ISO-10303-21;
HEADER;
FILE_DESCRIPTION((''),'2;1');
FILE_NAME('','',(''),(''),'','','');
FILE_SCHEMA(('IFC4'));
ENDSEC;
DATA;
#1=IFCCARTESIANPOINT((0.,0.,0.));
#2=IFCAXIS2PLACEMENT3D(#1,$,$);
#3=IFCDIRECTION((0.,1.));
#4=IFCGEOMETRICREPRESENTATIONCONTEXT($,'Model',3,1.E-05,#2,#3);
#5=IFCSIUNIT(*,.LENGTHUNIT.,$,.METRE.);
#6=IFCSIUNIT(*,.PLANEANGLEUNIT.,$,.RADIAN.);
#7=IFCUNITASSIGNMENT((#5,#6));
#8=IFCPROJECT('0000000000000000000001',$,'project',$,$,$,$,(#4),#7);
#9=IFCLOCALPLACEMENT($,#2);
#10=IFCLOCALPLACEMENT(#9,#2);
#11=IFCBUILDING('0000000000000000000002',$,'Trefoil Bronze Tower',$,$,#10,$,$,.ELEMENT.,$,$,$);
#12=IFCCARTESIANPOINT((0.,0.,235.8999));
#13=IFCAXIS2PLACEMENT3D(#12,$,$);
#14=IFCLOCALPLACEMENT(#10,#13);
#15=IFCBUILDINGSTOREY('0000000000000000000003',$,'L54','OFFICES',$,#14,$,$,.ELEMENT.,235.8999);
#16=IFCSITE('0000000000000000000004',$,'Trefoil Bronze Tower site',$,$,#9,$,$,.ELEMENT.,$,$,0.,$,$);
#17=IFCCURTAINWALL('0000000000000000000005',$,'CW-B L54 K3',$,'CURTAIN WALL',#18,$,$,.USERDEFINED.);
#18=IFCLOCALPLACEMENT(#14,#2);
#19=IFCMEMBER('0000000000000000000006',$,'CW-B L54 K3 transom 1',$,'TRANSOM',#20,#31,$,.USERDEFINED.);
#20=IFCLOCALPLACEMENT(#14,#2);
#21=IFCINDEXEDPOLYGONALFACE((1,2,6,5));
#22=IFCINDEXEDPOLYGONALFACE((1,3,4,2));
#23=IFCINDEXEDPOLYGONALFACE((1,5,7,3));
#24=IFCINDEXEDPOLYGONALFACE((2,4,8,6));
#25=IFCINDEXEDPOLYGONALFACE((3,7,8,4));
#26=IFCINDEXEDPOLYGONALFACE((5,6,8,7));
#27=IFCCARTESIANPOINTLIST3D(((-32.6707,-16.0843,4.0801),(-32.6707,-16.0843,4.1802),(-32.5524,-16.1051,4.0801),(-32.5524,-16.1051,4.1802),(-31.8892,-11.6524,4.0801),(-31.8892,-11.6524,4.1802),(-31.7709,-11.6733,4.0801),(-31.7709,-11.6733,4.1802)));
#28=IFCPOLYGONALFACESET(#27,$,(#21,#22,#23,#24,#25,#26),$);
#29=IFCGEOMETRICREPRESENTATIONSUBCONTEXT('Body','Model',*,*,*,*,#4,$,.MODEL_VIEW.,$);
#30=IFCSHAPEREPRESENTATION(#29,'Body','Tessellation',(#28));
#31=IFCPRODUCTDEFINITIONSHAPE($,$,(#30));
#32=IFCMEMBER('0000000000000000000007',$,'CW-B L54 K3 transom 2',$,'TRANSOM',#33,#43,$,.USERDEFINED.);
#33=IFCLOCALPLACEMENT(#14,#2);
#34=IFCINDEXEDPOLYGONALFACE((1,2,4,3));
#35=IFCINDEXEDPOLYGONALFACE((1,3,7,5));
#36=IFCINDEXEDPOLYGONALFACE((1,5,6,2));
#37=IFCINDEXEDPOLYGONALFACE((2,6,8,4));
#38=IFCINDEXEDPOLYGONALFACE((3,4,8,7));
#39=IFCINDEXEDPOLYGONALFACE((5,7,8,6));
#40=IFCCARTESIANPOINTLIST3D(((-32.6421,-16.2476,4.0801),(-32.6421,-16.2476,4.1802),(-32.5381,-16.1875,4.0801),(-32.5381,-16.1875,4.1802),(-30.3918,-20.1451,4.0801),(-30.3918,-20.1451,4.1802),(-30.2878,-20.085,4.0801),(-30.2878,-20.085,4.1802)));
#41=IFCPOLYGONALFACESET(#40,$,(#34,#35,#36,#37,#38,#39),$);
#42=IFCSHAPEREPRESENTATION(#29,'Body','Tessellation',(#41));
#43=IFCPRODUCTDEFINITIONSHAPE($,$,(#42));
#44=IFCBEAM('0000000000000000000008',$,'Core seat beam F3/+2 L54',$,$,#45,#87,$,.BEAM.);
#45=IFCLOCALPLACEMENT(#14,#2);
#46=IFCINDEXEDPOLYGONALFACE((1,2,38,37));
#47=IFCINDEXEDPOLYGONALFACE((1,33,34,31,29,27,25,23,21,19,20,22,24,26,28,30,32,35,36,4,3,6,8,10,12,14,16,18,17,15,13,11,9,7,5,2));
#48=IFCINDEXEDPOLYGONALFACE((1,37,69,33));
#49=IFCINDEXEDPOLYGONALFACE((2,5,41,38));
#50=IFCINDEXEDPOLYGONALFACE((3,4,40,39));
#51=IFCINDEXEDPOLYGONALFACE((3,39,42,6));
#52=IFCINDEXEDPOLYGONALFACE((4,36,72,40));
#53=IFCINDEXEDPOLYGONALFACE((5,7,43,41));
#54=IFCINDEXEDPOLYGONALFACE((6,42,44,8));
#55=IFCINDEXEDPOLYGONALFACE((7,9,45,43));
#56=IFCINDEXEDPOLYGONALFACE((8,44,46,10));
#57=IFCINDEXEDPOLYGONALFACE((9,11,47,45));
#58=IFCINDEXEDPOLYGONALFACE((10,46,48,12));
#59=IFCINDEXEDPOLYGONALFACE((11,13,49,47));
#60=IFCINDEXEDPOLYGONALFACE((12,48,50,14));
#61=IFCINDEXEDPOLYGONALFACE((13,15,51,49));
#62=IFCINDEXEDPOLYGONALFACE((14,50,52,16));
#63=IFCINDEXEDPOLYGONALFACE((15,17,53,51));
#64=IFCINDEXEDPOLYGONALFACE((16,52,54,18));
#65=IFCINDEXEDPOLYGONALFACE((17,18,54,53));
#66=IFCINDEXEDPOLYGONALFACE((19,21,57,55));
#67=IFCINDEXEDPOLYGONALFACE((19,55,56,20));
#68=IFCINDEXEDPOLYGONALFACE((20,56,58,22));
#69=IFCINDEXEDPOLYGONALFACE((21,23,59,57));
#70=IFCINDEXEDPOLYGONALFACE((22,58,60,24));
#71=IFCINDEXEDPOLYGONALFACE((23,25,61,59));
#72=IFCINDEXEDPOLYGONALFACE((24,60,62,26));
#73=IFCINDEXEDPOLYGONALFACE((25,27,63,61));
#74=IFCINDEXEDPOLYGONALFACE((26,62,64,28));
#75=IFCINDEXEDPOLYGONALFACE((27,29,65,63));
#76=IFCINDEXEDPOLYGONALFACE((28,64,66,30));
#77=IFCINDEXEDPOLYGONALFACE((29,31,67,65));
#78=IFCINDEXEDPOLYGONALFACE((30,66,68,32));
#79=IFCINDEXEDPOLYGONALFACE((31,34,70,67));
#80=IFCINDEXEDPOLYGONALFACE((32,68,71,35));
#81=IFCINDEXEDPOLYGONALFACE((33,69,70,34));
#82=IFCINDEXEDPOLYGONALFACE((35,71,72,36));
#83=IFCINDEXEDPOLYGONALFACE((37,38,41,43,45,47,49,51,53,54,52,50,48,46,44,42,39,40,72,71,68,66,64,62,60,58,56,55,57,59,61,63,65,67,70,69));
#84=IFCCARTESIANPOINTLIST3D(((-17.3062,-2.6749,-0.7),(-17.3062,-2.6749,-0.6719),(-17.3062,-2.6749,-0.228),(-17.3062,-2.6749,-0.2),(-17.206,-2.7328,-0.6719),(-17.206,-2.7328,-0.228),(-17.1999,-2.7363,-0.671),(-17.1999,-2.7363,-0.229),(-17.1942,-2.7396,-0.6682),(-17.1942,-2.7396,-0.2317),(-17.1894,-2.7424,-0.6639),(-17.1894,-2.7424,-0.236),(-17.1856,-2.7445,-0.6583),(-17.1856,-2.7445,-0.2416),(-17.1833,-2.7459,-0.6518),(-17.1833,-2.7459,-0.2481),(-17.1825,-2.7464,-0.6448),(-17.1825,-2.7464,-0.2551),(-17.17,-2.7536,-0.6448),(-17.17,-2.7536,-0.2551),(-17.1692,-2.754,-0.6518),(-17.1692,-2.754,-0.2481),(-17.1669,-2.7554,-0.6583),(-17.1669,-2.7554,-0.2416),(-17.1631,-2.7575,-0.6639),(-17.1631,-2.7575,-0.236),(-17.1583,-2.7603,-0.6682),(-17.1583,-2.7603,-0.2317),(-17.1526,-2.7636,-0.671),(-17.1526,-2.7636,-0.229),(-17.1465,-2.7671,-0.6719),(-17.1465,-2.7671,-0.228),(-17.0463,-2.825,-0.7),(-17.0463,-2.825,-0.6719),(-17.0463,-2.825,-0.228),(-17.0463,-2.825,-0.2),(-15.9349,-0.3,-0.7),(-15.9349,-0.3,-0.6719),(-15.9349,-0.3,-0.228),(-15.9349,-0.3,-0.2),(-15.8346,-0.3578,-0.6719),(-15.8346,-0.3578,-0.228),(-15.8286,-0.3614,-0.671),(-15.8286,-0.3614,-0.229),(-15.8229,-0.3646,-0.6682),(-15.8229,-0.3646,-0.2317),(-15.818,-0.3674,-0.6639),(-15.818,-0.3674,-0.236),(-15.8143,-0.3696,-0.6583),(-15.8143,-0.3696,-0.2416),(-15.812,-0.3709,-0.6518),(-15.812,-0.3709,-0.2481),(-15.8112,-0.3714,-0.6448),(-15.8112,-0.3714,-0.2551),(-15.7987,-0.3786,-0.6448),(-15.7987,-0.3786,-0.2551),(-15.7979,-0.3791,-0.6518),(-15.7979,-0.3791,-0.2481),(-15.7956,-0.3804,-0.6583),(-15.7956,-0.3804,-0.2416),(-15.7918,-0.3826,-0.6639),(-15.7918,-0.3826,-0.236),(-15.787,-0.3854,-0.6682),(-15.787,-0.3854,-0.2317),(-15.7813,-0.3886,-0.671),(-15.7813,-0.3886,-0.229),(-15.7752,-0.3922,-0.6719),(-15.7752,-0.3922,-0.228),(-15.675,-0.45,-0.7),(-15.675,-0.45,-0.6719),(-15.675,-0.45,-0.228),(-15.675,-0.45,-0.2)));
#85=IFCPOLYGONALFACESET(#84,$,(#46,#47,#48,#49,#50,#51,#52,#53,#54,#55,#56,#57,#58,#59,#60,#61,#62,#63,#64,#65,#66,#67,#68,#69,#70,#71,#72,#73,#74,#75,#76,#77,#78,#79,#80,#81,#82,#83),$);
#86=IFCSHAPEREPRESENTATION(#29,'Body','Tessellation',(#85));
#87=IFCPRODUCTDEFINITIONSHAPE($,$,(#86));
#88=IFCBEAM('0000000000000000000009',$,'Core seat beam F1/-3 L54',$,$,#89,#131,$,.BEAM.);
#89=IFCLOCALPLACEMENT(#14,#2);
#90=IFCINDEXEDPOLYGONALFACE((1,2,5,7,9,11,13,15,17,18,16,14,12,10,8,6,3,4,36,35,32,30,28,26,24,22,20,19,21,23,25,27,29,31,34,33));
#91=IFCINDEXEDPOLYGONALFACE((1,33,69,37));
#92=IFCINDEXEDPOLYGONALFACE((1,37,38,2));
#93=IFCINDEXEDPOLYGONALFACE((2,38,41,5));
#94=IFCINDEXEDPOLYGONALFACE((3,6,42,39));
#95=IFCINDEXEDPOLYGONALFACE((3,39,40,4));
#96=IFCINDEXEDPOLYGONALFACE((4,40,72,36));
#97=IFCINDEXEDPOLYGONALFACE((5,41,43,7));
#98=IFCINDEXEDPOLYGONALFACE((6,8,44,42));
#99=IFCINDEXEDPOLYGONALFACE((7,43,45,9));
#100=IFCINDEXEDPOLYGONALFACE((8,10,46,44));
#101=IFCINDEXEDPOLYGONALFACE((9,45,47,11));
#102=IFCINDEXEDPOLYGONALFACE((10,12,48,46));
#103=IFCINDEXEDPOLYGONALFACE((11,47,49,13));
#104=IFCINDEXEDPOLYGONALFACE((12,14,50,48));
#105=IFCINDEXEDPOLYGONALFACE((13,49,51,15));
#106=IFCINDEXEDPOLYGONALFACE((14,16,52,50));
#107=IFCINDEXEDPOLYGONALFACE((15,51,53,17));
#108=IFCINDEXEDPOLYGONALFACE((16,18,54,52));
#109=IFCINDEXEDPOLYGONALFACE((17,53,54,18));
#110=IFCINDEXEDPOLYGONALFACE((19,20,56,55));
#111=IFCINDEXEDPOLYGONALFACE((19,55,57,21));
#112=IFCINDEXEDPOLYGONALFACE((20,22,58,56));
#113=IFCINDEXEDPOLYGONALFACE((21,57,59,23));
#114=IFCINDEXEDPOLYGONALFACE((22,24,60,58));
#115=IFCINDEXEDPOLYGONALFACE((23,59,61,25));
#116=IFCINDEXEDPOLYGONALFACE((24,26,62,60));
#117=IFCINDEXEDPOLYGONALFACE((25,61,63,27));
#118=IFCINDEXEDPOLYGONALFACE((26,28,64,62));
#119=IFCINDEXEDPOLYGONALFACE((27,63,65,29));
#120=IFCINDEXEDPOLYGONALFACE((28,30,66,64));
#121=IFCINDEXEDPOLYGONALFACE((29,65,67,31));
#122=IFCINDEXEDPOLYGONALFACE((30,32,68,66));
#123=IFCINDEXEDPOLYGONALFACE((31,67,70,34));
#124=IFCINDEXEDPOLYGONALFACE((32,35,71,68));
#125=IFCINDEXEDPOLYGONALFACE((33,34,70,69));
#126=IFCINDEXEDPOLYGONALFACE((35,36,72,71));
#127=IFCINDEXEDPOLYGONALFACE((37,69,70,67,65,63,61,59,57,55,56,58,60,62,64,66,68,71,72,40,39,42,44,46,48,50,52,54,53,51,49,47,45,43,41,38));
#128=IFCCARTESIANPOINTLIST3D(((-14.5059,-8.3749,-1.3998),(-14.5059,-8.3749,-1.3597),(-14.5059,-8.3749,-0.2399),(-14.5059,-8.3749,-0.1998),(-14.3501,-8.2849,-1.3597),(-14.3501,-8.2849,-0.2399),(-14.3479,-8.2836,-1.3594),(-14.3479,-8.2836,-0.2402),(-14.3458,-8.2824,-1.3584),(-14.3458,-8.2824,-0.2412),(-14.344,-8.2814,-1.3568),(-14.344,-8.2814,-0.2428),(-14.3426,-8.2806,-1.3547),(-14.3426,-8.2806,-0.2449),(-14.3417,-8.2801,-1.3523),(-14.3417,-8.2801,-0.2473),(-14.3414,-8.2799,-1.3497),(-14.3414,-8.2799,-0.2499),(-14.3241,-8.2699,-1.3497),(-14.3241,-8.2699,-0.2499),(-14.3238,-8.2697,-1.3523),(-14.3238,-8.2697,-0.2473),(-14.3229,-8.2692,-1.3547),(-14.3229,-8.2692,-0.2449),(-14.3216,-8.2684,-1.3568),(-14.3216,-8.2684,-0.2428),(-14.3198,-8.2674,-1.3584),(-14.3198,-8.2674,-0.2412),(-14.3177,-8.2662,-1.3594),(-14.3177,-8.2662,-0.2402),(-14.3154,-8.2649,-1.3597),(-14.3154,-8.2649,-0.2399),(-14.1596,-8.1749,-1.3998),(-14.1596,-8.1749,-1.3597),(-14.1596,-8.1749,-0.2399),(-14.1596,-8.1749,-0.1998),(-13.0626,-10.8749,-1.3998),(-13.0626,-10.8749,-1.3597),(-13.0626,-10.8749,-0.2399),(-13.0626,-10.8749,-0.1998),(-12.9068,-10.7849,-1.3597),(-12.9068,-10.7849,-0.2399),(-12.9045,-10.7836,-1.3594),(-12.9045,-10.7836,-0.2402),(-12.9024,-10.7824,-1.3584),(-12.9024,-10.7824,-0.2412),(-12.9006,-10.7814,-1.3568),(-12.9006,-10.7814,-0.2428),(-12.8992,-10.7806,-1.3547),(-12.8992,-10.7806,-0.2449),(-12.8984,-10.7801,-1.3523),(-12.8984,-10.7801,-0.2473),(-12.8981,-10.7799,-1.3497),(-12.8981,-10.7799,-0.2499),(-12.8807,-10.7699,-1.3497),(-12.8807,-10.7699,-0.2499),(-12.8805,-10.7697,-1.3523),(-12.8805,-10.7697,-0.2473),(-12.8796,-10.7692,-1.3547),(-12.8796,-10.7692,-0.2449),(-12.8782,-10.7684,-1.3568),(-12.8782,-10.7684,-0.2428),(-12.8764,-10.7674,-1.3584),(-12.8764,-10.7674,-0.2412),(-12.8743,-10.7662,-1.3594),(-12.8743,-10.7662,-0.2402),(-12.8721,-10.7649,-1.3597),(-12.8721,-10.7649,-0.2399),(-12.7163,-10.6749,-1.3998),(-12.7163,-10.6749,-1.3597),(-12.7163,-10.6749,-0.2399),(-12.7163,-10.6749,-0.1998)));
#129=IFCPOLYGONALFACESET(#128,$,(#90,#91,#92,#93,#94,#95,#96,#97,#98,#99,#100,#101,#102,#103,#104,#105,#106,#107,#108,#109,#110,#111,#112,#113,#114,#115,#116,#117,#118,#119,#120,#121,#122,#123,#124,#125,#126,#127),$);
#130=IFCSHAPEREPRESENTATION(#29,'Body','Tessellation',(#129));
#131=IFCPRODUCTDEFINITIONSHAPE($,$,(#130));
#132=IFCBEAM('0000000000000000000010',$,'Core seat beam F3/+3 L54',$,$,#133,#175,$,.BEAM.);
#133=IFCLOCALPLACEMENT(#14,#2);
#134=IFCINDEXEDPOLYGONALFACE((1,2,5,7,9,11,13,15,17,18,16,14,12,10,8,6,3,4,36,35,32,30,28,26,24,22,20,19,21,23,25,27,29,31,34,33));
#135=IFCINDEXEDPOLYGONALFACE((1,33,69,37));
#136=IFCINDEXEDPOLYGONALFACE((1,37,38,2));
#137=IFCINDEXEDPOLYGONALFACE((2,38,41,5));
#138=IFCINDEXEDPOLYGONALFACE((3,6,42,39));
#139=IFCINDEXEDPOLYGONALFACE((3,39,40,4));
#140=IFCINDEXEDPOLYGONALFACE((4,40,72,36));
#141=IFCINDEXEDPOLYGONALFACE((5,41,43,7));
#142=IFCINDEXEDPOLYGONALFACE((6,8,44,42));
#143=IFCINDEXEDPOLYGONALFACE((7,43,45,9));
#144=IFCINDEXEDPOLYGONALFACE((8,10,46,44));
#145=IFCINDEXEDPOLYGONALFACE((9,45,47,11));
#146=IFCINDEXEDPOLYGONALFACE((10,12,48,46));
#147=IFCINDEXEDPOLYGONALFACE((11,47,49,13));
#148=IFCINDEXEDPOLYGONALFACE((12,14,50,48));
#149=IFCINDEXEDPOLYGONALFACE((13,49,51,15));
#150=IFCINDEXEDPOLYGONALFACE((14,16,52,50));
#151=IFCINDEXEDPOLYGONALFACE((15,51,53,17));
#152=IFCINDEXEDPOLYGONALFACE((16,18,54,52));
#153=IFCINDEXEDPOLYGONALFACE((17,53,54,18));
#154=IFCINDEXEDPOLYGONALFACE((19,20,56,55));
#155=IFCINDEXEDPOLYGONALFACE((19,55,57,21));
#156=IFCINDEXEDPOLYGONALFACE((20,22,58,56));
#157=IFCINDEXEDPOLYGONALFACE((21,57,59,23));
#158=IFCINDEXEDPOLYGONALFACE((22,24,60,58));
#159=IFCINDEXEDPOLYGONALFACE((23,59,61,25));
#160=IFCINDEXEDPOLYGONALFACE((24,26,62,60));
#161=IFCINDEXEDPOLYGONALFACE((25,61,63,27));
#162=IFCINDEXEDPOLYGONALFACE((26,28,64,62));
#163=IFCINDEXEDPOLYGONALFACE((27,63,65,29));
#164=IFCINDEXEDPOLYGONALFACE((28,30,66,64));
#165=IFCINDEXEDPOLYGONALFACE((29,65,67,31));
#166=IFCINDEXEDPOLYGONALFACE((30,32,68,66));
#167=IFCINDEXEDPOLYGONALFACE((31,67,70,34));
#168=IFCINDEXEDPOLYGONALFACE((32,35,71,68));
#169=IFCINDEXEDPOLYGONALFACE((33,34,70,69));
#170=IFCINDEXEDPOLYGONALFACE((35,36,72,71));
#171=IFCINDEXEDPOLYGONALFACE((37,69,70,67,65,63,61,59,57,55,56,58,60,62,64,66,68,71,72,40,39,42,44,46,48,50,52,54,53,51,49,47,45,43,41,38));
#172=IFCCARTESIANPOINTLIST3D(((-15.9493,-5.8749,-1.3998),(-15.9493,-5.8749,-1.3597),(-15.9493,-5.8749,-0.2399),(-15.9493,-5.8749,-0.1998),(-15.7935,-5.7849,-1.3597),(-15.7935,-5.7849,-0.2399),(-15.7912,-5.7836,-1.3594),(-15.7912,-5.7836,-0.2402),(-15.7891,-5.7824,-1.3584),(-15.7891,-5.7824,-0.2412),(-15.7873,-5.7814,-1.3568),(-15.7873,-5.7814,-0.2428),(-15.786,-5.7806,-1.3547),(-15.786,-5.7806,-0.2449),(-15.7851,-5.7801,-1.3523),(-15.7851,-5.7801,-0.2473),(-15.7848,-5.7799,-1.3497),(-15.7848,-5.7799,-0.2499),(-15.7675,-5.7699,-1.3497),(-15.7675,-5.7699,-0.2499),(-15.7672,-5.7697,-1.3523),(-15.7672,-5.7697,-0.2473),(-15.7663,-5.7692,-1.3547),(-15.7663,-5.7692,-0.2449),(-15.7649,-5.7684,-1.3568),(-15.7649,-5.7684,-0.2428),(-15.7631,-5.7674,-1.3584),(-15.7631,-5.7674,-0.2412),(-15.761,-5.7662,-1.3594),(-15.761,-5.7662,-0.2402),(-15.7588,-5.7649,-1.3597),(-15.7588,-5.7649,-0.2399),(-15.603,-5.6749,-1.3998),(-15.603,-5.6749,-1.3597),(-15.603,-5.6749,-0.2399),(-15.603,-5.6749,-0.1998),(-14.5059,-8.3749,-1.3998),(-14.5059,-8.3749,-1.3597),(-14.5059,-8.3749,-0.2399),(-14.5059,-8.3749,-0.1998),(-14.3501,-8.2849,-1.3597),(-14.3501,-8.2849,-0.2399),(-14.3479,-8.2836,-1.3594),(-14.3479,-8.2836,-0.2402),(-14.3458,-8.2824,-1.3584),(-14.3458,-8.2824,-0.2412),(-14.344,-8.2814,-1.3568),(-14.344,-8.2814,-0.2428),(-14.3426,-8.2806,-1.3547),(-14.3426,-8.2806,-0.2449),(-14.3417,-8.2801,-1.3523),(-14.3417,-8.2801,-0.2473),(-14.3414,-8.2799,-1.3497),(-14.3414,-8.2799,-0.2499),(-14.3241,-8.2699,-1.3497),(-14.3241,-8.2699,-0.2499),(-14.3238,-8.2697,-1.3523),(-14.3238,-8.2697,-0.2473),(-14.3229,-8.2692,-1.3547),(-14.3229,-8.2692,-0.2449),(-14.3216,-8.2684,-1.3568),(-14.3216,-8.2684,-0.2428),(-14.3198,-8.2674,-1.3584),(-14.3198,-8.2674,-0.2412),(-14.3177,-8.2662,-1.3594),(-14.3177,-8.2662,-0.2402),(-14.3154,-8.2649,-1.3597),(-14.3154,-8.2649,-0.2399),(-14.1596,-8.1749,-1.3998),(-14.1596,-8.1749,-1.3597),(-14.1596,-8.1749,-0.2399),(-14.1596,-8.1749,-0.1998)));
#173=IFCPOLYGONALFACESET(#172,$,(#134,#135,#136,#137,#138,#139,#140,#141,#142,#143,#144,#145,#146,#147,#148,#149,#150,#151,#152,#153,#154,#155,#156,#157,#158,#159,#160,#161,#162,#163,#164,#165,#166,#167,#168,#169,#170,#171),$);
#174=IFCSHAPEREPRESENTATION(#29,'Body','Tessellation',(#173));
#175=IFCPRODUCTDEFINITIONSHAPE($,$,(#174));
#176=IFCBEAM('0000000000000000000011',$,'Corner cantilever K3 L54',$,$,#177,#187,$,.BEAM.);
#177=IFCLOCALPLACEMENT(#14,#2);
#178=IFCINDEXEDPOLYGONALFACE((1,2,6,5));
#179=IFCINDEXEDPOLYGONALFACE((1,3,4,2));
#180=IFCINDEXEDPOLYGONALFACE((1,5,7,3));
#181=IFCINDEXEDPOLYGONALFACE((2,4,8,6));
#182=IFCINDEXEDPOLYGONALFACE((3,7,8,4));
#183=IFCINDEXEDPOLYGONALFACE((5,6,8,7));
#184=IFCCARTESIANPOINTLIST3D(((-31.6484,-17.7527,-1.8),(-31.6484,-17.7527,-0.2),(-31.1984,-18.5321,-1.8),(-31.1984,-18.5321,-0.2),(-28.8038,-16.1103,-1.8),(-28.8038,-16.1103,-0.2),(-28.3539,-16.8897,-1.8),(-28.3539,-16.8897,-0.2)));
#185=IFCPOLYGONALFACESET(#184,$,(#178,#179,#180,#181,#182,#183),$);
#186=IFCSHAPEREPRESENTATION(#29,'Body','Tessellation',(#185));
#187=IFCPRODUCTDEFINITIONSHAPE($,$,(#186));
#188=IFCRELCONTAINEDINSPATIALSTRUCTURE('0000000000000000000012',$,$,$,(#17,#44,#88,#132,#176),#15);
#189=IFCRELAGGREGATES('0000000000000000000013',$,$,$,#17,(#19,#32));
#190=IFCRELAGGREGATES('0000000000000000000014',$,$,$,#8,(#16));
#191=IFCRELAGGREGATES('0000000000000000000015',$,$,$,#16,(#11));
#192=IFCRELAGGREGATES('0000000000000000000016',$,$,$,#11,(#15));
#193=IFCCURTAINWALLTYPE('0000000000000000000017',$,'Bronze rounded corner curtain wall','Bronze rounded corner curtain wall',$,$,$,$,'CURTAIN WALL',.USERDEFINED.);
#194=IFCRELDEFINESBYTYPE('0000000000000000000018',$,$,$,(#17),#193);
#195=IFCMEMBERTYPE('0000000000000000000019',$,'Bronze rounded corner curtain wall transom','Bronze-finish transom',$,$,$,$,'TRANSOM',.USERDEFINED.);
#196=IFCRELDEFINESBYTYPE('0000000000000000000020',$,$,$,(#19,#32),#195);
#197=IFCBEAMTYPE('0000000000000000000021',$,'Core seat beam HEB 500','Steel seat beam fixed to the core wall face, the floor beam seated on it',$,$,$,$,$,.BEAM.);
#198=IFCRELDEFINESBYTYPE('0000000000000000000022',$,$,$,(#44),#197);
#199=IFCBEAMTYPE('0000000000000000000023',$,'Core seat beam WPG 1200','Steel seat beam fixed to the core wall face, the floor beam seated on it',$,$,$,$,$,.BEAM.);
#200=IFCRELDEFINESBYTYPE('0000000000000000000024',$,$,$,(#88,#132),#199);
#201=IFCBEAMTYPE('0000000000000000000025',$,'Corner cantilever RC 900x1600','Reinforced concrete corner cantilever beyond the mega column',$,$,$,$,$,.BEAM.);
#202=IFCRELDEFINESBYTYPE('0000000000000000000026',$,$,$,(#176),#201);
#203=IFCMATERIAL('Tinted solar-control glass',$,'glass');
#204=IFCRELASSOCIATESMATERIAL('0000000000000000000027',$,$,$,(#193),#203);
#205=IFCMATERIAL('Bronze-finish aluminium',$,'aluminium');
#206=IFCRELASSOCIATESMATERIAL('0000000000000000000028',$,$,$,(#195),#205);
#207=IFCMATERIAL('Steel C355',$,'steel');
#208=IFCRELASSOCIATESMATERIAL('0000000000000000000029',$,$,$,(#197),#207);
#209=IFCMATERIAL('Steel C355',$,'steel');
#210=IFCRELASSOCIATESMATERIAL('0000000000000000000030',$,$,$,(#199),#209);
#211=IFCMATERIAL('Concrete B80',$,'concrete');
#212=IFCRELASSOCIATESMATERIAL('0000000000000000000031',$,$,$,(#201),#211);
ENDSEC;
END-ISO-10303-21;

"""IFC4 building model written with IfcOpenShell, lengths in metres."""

from ifc_helpers import new_model, si_unit, direction, frame, origin, origin_2d, place, context, subcontext, project, spatial, rectangle, i_section, extrude, material, material_profile, profile_set, type_object, element, aggregate, save


model = new_model("IFC4")

# Units and contexts
model_context = context("Model", 3, precision=1e-05, world=origin(), true_north=direction((0.0, 1.0)))
body_context = subcontext(model_context, "Body", "Model", "MODEL_VIEW")
ifc_project = project(units=[si_unit("LENGTHUNIT", "METRE"), si_unit("PLANEANGLEUNIT", "RADIAN")], contexts=[model_context])

# Site, building, storey
site_placement = place(None, origin())
site = spatial("IfcSite", under=ifc_project, at=site_placement, Name="Trefoil Bronze Tower site", CompositionType="ELEMENT", RefElevation=0.0)
building_placement = place(site_placement, origin())
building = spatial("IfcBuilding", under=site, at=building_placement, Name="Trefoil Bronze Tower", CompositionType="ELEMENT")
storey_placement = place(building_placement, frame((0.0, 0.0, 235.8999)))
storey = spatial("IfcBuildingStorey", under=building, at=storey_placement, Name="L54", Description="OFFICES", CompositionType="ELEMENT", Elevation=235.8999)

# Curtain wall, members
ifc_material_1 = material(Name="Tinted solar-control glass", Category="glass")
curtain_wall_type_1 = type_object("IfcCurtainWallType", Name="Bronze rounded corner curtain wall", Description="Bronze rounded corner curtain wall", ElementType="CURTAIN WALL", PredefinedType="USERDEFINED", material=ifc_material_1)
curtain_wall_1_placement = place(storey_placement, origin())
curtain_wall_1 = element("IfcCurtainWall", 1, at=curtain_wall_1_placement, inside=storey, type_object=curtain_wall_type_1, Name="CW-B L54 K3", ObjectType="CURTAIN WALL", PredefinedType="USERDEFINED")
ifc_material_2 = material(Name="Bronze-finish aluminium", Category="aluminium")
ifc_material_profile_1 = material_profile(ifc_material_2, rectangle(XDim=0.1201, YDim=0.1001, at=origin_2d()), Name="CW-B transom")
ifc_profile_set_1 = profile_set([ifc_material_profile_1], Name="Bronze-finish aluminium")
member_type_1 = type_object("IfcMemberType", Name="Bronze rounded corner curtain wall transom", Description="Bronze-finish transom", ElementType="TRANSOM", PredefinedType="USERDEFINED", material=ifc_profile_set_1)
member_1_placement = place(storey_placement, frame((-31.8301, -11.6628, 4.1301), z_axis=(-0.173655, -0.984806, 0.0), x_axis=(0.984806, -0.173655, 0.0)))
member_1 = element("IfcMember", 2, at=member_1_placement, type_object=member_type_1, Name="CW-B L54 K3 transom 1", ObjectType="TRANSOM", PredefinedType="USERDEFINED", context=body_context, shape_type="SweptSolid", body=[
    extrude(rectangle(XDim=0.1201, YDim=0.1001, at=origin_2d()), origin(), (0.0, 0.0, 1.0), 4.5002),
])
member_2_placement = place(storey_placement, frame((-32.5901, -16.2175, 4.1301), z_axis=(0.500007, -0.866021, 0.0), x_axis=(0.866021, 0.500007, 0.0)))
member_2 = element("IfcMember", 3, at=member_2_placement, type_object=member_type_1, Name="CW-B L54 K3 transom 2", ObjectType="TRANSOM", PredefinedType="USERDEFINED", context=body_context, shape_type="SweptSolid", body=[
    extrude(rectangle(XDim=0.1201, YDim=0.1001, at=origin_2d()), origin(), (0.0, 0.0, 1.0), 4.5005),
])

# Beams
ifc_material_3 = material(Name="Steel C355", Category="steel")
ifc_material_profile_2 = material_profile(ifc_material_3, i_section(OverallWidth=0.3, OverallDepth=0.5, WebThickness=0.0144, FlangeThickness=0.0281, FilletRadius=0.0271, at=origin_2d()), Name="HEB 500")
ifc_profile_set_2 = profile_set([ifc_material_profile_2], Name="Steel C355")
beam_type_1 = type_object("IfcBeamType", Name="Core seat beam HEB 500", Description="Steel seat beam fixed to the core wall face, the floor beam seated on it", PredefinedType="BEAM", material=ifc_profile_set_2)
beam_1_placement = place(storey_placement, frame((-15.8049, -0.375, -0.45), z_axis=(-0.500036, -0.866005, 0.0), x_axis=(0.866005, -0.500036, 0.0)))
element("IfcBeam", 4, at=beam_1_placement, inside=storey, type_object=beam_type_1, Name="Core seat beam F3/+2 L54", PredefinedType="BEAM", context=body_context, shape_type="SweptSolid", body=[
    extrude(i_section(OverallWidth=0.3, OverallDepth=0.5, WebThickness=0.0144, FlangeThickness=0.0281, FilletRadius=0.0271, at=origin_2d()), origin(), (0.0, 0.0, 1.0), 2.7424),
])
ifc_material_4 = material(Name="Steel C355", Category="steel")
ifc_material_profile_3 = material_profile(ifc_material_4, i_section(OverallWidth=0.3999, OverallDepth=1.2, WebThickness=0.02, FlangeThickness=0.04, FilletRadius=0.01, at=origin_2d()), Name="WPG 1200")
ifc_profile_set_3 = profile_set([ifc_material_profile_3], Name="Steel C355")
beam_type_2 = type_object("IfcBeamType", Name="Core seat beam WPG 1200", Description="Steel seat beam fixed to the core wall face, the floor beam seated on it", PredefinedType="BEAM", material=ifc_profile_set_3)
for number, where, z_axis, x_axis, name in (
    (5, (-14.3328, -8.2749, -0.7998), (0.499996, -0.866028, 0.0), (0.866028, 0.499996, 0.0), "Core seat beam F1/-3 L54"),
    (6, (-15.7761, -5.7749, -0.7998), (0.499996, -0.866028, 0.0), (0.866028, 0.499996, 0.0), "Core seat beam F3/+3 L54"),
):
    element("IfcBeam", number, at=place(storey_placement, frame(where, z_axis=z_axis, x_axis=x_axis)), inside=storey, type_object=beam_type_2, Name=name, PredefinedType="BEAM", context=body_context, shape_type="SweptSolid", body=[
        extrude(i_section(OverallWidth=0.3999, OverallDepth=1.2, WebThickness=0.02, FlangeThickness=0.04, FilletRadius=0.01, at=origin_2d()), origin(), (0.0, 0.0, 1.0), 2.8867),
    ])
ifc_material_5 = material(Name="Concrete B80", Category="concrete")
ifc_material_profile_4 = material_profile(ifc_material_5, rectangle(XDim=0.8999, YDim=1.6001, at=origin_2d()), Name="RC 900x1600")
ifc_profile_set_4 = profile_set([ifc_material_profile_4], Name="Concrete B80")
beam_type_3 = type_object("IfcBeamType", Name="Corner cantilever RC 900x1600", Description="Reinforced concrete corner cantilever beyond the mega column", PredefinedType="BEAM", material=ifc_profile_set_4)
beam_2_placement = place(storey_placement, frame((-28.5789, -16.5, -1.0), z_axis=(-0.866016, -0.500016, 0.0), x_axis=(0.500016, -0.866016, 0.0)))
element("IfcBeam", 7, at=beam_2_placement, inside=storey, type_object=beam_type_3, Name="Corner cantilever K3 L54", PredefinedType="BEAM", context=body_context, shape_type="SweptSolid", body=[
    extrude(rectangle(XDim=0.8999, YDim=1.6001, at=origin_2d()), origin(), (0.0, 0.0, 1.0), 3.2847),
])

aggregate(curtain_wall_1, [member_1, member_2])

save(model, "model.ifc")
